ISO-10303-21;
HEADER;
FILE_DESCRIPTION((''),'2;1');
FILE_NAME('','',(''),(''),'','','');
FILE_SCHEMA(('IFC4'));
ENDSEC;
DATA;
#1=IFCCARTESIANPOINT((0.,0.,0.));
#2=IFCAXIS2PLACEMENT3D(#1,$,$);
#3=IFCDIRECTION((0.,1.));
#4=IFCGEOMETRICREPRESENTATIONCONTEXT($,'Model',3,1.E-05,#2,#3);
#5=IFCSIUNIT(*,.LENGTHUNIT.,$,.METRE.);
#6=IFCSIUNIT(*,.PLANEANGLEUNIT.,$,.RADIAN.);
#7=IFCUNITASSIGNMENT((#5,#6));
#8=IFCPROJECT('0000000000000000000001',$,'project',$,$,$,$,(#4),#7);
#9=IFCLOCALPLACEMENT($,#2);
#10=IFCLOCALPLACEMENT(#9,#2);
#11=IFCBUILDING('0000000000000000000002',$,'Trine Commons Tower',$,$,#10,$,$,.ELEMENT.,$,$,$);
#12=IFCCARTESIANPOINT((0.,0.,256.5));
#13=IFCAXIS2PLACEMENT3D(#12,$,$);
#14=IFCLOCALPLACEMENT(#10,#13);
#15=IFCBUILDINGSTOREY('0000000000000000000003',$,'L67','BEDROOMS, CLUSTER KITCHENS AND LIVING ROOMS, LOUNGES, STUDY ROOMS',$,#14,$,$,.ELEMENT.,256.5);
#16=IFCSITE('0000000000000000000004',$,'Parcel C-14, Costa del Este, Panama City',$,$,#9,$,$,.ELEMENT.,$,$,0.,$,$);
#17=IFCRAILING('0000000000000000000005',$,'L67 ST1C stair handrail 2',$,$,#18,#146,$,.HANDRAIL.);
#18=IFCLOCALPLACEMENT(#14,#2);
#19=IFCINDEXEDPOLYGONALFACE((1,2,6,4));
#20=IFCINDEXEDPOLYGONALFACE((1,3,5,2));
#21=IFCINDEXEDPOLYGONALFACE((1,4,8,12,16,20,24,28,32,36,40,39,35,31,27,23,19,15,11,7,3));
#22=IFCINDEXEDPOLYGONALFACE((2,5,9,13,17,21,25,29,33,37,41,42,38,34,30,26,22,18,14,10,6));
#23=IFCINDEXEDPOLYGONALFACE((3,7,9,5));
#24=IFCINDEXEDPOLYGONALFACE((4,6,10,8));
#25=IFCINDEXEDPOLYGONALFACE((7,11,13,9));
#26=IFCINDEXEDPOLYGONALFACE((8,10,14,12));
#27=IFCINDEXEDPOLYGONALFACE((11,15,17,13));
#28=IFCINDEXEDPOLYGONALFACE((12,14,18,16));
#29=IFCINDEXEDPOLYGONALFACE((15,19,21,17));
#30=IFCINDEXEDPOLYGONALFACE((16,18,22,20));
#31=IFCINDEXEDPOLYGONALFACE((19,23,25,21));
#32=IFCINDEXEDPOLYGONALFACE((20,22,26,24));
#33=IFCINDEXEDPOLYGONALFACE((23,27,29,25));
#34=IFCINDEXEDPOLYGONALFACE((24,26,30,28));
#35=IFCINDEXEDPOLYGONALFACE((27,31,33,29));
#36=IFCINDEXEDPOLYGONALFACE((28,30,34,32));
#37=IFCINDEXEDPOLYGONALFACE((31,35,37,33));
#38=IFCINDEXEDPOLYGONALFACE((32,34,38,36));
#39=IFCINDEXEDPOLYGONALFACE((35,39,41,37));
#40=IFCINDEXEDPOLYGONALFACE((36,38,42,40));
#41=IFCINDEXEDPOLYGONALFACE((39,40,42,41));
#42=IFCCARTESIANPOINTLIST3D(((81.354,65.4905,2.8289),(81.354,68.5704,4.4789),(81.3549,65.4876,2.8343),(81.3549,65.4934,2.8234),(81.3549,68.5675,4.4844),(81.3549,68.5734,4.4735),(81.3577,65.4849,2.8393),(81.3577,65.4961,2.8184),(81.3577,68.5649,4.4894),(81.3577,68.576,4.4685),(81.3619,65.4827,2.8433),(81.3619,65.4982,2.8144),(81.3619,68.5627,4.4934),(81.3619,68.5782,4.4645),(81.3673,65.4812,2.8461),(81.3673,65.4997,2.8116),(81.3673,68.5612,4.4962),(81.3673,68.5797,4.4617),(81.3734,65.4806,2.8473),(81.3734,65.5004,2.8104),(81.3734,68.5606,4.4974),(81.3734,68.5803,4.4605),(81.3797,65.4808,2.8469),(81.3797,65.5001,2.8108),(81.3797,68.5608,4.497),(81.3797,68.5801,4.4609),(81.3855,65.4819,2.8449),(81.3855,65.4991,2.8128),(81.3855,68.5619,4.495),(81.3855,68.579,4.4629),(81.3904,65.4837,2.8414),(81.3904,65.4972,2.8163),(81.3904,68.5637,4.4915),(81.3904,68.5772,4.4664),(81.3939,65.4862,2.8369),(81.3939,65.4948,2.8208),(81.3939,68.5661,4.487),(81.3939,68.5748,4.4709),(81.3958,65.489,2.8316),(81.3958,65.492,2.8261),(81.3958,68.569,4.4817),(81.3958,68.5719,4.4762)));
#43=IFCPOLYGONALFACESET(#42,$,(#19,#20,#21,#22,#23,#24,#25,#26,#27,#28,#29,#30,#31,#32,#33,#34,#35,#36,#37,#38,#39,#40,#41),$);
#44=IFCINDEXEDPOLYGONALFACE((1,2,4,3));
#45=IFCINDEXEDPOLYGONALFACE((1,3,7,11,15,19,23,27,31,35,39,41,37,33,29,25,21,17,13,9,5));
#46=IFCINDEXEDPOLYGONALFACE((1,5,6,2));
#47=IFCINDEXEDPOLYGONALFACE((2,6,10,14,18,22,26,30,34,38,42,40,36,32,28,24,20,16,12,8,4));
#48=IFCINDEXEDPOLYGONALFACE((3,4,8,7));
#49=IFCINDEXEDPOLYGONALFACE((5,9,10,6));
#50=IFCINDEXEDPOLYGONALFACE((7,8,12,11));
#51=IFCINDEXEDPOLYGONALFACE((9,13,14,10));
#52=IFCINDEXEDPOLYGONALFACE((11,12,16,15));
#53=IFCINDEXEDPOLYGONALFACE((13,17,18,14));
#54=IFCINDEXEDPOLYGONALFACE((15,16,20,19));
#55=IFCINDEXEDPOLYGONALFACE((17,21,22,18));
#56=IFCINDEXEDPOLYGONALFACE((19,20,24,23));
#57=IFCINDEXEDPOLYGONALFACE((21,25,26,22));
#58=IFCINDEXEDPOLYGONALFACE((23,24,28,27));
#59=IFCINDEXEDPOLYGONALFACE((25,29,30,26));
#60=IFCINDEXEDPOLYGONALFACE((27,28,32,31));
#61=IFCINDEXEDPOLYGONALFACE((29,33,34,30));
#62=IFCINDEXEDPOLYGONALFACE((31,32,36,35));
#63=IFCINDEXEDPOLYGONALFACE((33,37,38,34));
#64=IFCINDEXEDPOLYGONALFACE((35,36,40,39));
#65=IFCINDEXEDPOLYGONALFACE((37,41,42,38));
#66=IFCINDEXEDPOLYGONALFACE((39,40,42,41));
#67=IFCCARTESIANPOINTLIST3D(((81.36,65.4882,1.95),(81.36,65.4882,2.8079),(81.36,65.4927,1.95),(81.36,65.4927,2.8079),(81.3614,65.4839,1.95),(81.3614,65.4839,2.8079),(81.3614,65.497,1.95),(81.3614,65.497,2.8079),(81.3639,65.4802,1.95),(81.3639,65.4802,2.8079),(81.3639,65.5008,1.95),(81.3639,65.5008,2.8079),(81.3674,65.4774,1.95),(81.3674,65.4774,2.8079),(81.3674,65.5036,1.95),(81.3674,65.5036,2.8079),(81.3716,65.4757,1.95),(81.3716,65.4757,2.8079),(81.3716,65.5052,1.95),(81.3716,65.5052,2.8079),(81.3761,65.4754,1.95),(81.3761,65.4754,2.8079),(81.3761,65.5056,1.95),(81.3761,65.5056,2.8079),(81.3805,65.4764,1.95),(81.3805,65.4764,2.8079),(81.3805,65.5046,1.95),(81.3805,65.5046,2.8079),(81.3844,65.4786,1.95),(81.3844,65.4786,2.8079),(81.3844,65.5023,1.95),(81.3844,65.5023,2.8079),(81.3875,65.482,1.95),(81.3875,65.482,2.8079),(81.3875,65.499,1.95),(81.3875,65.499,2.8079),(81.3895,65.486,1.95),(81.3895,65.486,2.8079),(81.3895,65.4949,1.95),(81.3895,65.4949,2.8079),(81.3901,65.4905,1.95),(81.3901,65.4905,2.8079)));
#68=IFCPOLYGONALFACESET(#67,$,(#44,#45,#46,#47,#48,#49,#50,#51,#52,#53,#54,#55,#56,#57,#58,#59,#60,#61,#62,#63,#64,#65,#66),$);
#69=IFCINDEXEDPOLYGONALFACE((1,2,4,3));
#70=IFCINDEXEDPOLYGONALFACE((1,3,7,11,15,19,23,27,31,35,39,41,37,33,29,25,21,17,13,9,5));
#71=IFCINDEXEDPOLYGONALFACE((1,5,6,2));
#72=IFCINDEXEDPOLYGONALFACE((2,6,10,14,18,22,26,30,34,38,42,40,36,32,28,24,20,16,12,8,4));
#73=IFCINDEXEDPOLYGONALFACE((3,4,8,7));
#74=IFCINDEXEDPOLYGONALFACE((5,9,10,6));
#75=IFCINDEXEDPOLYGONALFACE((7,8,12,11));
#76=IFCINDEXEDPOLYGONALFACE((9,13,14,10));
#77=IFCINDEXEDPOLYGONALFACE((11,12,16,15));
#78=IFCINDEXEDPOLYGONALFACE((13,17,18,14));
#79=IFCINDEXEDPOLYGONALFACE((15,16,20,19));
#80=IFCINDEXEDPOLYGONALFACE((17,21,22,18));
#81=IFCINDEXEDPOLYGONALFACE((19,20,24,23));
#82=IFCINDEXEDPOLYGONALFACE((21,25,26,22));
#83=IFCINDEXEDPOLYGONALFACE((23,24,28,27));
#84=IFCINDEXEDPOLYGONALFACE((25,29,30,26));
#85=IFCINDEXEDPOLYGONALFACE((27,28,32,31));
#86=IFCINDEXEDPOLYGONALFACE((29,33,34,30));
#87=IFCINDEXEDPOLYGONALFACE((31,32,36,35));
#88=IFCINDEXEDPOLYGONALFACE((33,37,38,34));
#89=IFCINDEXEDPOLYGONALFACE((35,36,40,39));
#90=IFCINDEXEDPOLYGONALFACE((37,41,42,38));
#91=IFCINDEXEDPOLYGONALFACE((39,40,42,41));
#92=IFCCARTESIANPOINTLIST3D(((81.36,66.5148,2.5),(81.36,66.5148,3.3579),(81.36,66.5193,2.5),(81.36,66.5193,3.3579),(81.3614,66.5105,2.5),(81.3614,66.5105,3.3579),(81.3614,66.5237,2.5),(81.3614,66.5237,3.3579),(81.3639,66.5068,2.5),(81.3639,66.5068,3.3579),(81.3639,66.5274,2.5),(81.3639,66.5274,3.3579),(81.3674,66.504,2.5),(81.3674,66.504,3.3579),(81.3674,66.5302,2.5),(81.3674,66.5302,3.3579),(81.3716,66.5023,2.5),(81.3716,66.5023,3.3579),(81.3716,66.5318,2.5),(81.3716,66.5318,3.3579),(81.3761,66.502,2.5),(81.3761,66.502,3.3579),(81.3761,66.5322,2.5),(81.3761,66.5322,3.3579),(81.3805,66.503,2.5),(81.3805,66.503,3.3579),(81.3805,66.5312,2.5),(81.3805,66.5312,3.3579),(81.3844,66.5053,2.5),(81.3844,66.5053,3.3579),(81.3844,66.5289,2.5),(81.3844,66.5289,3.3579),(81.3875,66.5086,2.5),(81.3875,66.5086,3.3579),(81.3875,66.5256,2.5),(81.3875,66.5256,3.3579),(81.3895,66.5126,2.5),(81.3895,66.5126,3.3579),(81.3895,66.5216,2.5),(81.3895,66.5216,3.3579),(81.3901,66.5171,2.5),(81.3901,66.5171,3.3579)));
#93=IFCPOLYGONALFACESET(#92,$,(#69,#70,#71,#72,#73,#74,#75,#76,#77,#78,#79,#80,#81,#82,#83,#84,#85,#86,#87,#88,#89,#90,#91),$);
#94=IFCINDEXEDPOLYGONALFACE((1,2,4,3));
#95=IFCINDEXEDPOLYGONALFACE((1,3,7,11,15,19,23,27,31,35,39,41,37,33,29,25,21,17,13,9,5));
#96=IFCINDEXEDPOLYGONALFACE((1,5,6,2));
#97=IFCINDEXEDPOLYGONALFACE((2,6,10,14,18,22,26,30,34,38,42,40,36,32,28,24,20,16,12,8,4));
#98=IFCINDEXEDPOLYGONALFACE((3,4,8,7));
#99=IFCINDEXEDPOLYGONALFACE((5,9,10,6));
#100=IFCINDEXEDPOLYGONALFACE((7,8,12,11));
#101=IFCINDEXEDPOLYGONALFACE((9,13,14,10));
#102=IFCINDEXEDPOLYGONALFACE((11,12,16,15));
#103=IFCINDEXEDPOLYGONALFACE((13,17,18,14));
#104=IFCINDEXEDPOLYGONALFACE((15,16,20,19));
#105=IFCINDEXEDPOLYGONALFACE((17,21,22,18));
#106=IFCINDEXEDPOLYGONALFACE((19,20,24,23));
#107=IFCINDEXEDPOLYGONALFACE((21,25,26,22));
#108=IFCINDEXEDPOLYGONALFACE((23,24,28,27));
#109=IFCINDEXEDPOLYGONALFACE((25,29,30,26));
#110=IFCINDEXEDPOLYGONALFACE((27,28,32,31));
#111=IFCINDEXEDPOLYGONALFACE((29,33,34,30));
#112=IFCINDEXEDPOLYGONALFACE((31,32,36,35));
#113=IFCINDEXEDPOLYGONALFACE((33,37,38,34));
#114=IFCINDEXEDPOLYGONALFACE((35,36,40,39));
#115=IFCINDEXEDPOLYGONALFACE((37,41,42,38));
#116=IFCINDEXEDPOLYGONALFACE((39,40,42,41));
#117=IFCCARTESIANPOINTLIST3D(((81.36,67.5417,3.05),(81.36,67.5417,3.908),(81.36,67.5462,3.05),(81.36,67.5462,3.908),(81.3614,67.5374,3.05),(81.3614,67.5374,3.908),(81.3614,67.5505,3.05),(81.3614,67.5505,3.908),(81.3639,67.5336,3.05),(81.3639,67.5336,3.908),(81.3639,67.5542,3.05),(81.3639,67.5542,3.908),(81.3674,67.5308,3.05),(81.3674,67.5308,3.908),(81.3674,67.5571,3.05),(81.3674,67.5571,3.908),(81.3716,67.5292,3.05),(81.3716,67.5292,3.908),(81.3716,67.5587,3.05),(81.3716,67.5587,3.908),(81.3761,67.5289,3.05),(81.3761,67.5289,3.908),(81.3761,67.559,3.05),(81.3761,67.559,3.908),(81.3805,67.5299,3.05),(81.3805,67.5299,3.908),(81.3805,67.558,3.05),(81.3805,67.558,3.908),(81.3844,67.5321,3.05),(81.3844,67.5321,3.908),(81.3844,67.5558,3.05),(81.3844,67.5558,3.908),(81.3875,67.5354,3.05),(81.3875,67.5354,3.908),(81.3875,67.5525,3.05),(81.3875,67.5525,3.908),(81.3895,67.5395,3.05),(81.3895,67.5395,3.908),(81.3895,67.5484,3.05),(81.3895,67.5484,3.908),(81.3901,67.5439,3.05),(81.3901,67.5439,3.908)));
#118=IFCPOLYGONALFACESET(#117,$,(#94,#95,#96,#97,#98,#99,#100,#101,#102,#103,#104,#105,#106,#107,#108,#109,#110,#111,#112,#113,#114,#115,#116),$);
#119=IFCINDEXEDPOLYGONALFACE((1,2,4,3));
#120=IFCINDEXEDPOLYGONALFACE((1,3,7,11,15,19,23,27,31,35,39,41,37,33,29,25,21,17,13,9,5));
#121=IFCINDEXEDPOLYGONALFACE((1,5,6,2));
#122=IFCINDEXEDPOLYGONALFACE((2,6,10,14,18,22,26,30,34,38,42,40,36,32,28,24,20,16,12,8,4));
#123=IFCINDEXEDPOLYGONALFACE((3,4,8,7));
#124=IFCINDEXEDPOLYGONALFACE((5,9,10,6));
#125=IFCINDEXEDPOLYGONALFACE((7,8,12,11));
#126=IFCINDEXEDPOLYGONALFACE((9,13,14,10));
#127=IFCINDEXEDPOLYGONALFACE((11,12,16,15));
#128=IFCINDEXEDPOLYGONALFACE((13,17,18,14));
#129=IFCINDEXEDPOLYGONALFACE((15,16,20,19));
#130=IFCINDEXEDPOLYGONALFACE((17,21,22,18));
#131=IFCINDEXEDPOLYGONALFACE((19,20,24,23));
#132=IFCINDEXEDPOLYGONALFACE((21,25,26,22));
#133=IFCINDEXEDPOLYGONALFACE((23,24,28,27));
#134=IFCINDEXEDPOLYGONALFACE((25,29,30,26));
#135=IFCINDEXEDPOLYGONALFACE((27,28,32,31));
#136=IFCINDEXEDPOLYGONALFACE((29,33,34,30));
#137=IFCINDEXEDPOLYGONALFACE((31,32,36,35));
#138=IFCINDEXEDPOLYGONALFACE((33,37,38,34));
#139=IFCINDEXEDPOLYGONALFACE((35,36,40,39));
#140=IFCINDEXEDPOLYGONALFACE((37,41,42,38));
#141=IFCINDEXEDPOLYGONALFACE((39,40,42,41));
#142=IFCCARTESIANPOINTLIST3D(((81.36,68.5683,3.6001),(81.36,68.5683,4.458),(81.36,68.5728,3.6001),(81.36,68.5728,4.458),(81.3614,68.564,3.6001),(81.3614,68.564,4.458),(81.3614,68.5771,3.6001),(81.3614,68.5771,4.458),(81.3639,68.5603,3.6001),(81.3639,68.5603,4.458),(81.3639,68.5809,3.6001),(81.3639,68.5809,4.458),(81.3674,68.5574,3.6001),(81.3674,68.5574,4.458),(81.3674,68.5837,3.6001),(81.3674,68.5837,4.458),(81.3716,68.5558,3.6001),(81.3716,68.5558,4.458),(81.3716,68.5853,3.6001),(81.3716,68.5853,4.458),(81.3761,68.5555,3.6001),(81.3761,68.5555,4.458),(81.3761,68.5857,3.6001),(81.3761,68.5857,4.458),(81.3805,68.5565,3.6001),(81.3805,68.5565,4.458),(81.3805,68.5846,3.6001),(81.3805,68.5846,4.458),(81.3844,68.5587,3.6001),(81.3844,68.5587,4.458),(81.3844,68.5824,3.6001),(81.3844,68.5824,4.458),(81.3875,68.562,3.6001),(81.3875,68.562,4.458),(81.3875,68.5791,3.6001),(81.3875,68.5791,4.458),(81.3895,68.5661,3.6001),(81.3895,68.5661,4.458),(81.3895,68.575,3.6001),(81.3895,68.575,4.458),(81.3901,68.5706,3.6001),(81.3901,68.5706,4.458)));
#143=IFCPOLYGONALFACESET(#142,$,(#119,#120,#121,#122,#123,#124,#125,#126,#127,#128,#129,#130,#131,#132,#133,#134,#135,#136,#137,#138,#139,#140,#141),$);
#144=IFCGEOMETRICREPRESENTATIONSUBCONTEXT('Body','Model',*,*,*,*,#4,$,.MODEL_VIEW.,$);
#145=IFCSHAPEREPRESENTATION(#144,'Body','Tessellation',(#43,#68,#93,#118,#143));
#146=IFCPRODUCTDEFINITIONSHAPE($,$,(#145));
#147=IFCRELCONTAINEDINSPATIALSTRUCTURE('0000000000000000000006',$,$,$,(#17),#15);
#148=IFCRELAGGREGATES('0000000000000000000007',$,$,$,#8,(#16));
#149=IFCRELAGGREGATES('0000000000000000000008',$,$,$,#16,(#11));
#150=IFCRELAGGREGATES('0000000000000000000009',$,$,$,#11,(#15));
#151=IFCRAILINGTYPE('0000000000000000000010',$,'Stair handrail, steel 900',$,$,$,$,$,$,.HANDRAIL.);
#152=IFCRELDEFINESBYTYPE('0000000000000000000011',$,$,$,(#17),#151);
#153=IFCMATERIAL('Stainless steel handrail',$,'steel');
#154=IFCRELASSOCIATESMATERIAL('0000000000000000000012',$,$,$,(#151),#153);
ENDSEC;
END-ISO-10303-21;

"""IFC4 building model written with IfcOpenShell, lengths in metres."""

from ifc_helpers import new_model, si_unit, direction, frame, origin, origin_2d, place, context, subcontext, project, spatial, circle, extrude, material, type_object, element, save


model = new_model("IFC4")

# Units and contexts
model_context = context("Model", 3, precision=1e-05, world=origin(), true_north=direction((0.0, 1.0)))
body_context = subcontext(model_context, "Body", "Model", "MODEL_VIEW")
ifc_project = project(units=[si_unit("LENGTHUNIT", "METRE"), si_unit("PLANEANGLEUNIT", "RADIAN")], contexts=[model_context])

# Site, building, storey
site_placement = place(None, origin())
site = spatial("IfcSite", under=ifc_project, at=site_placement, Name="Parcel C-14, Costa del Este, Panama City", CompositionType="ELEMENT", RefElevation=0.0)
building_placement = place(site_placement, origin())
building = spatial("IfcBuilding", under=site, at=building_placement, Name="Trine Commons Tower", CompositionType="ELEMENT")
storey_placement = place(building_placement, frame((0.0, 0.0, 256.5)))
storey = spatial("IfcBuildingStorey", under=building, at=storey_placement, Name="L67", Description="BEDROOMS, CLUSTER KITCHENS AND LIVING ROOMS, LOUNGES, STUDY ROOMS", CompositionType="ELEMENT", Elevation=256.5)

# Railing
ifc_material_1 = material(Name="Stainless steel handrail", Category="steel")
railing_type_1 = type_object("IfcRailingType", Name="Stair handrail, steel 900", PredefinedType="HANDRAIL", material=ifc_material_1)
railing_1_placement = place(storey_placement, frame((81.375, 65.4905, 1.95)))
element("IfcRailing", 1, at=railing_1_placement, inside=storey, type_object=railing_type_1, Name="L67 ST1C stair handrail 2", PredefinedType="HANDRAIL", context=body_context, shape_type="SweptSolid", body=[
    extrude(circle(Radius=0.021, at=origin_2d()), frame((0.0, 0.0, 0.8789), z_axis=(0.0, 0.881468, 0.472245), x_axis=(-1.0, 0.0, 0.0)), (0.0, 0.0, 1.0), 3.4941),
    extrude(circle(Radius=0.0151, at=origin_2d()), origin(), (0.0, 0.0, 1.0), 0.8579),
    extrude(circle(Radius=0.0151, at=origin_2d()), frame((0.0, 1.0266, 0.55)), (0.0, 0.0, 1.0), 0.8579),
    extrude(circle(Radius=0.0151, at=origin_2d()), frame((0.0, 2.0535, 1.1001)), (0.0, 0.0, 1.0), 0.8579),
    extrude(circle(Radius=0.0151, at=origin_2d()), frame((0.0, 3.0801, 1.6501)), (0.0, 0.0, 1.0), 0.8579),
])

save(model, "model.ifc")
